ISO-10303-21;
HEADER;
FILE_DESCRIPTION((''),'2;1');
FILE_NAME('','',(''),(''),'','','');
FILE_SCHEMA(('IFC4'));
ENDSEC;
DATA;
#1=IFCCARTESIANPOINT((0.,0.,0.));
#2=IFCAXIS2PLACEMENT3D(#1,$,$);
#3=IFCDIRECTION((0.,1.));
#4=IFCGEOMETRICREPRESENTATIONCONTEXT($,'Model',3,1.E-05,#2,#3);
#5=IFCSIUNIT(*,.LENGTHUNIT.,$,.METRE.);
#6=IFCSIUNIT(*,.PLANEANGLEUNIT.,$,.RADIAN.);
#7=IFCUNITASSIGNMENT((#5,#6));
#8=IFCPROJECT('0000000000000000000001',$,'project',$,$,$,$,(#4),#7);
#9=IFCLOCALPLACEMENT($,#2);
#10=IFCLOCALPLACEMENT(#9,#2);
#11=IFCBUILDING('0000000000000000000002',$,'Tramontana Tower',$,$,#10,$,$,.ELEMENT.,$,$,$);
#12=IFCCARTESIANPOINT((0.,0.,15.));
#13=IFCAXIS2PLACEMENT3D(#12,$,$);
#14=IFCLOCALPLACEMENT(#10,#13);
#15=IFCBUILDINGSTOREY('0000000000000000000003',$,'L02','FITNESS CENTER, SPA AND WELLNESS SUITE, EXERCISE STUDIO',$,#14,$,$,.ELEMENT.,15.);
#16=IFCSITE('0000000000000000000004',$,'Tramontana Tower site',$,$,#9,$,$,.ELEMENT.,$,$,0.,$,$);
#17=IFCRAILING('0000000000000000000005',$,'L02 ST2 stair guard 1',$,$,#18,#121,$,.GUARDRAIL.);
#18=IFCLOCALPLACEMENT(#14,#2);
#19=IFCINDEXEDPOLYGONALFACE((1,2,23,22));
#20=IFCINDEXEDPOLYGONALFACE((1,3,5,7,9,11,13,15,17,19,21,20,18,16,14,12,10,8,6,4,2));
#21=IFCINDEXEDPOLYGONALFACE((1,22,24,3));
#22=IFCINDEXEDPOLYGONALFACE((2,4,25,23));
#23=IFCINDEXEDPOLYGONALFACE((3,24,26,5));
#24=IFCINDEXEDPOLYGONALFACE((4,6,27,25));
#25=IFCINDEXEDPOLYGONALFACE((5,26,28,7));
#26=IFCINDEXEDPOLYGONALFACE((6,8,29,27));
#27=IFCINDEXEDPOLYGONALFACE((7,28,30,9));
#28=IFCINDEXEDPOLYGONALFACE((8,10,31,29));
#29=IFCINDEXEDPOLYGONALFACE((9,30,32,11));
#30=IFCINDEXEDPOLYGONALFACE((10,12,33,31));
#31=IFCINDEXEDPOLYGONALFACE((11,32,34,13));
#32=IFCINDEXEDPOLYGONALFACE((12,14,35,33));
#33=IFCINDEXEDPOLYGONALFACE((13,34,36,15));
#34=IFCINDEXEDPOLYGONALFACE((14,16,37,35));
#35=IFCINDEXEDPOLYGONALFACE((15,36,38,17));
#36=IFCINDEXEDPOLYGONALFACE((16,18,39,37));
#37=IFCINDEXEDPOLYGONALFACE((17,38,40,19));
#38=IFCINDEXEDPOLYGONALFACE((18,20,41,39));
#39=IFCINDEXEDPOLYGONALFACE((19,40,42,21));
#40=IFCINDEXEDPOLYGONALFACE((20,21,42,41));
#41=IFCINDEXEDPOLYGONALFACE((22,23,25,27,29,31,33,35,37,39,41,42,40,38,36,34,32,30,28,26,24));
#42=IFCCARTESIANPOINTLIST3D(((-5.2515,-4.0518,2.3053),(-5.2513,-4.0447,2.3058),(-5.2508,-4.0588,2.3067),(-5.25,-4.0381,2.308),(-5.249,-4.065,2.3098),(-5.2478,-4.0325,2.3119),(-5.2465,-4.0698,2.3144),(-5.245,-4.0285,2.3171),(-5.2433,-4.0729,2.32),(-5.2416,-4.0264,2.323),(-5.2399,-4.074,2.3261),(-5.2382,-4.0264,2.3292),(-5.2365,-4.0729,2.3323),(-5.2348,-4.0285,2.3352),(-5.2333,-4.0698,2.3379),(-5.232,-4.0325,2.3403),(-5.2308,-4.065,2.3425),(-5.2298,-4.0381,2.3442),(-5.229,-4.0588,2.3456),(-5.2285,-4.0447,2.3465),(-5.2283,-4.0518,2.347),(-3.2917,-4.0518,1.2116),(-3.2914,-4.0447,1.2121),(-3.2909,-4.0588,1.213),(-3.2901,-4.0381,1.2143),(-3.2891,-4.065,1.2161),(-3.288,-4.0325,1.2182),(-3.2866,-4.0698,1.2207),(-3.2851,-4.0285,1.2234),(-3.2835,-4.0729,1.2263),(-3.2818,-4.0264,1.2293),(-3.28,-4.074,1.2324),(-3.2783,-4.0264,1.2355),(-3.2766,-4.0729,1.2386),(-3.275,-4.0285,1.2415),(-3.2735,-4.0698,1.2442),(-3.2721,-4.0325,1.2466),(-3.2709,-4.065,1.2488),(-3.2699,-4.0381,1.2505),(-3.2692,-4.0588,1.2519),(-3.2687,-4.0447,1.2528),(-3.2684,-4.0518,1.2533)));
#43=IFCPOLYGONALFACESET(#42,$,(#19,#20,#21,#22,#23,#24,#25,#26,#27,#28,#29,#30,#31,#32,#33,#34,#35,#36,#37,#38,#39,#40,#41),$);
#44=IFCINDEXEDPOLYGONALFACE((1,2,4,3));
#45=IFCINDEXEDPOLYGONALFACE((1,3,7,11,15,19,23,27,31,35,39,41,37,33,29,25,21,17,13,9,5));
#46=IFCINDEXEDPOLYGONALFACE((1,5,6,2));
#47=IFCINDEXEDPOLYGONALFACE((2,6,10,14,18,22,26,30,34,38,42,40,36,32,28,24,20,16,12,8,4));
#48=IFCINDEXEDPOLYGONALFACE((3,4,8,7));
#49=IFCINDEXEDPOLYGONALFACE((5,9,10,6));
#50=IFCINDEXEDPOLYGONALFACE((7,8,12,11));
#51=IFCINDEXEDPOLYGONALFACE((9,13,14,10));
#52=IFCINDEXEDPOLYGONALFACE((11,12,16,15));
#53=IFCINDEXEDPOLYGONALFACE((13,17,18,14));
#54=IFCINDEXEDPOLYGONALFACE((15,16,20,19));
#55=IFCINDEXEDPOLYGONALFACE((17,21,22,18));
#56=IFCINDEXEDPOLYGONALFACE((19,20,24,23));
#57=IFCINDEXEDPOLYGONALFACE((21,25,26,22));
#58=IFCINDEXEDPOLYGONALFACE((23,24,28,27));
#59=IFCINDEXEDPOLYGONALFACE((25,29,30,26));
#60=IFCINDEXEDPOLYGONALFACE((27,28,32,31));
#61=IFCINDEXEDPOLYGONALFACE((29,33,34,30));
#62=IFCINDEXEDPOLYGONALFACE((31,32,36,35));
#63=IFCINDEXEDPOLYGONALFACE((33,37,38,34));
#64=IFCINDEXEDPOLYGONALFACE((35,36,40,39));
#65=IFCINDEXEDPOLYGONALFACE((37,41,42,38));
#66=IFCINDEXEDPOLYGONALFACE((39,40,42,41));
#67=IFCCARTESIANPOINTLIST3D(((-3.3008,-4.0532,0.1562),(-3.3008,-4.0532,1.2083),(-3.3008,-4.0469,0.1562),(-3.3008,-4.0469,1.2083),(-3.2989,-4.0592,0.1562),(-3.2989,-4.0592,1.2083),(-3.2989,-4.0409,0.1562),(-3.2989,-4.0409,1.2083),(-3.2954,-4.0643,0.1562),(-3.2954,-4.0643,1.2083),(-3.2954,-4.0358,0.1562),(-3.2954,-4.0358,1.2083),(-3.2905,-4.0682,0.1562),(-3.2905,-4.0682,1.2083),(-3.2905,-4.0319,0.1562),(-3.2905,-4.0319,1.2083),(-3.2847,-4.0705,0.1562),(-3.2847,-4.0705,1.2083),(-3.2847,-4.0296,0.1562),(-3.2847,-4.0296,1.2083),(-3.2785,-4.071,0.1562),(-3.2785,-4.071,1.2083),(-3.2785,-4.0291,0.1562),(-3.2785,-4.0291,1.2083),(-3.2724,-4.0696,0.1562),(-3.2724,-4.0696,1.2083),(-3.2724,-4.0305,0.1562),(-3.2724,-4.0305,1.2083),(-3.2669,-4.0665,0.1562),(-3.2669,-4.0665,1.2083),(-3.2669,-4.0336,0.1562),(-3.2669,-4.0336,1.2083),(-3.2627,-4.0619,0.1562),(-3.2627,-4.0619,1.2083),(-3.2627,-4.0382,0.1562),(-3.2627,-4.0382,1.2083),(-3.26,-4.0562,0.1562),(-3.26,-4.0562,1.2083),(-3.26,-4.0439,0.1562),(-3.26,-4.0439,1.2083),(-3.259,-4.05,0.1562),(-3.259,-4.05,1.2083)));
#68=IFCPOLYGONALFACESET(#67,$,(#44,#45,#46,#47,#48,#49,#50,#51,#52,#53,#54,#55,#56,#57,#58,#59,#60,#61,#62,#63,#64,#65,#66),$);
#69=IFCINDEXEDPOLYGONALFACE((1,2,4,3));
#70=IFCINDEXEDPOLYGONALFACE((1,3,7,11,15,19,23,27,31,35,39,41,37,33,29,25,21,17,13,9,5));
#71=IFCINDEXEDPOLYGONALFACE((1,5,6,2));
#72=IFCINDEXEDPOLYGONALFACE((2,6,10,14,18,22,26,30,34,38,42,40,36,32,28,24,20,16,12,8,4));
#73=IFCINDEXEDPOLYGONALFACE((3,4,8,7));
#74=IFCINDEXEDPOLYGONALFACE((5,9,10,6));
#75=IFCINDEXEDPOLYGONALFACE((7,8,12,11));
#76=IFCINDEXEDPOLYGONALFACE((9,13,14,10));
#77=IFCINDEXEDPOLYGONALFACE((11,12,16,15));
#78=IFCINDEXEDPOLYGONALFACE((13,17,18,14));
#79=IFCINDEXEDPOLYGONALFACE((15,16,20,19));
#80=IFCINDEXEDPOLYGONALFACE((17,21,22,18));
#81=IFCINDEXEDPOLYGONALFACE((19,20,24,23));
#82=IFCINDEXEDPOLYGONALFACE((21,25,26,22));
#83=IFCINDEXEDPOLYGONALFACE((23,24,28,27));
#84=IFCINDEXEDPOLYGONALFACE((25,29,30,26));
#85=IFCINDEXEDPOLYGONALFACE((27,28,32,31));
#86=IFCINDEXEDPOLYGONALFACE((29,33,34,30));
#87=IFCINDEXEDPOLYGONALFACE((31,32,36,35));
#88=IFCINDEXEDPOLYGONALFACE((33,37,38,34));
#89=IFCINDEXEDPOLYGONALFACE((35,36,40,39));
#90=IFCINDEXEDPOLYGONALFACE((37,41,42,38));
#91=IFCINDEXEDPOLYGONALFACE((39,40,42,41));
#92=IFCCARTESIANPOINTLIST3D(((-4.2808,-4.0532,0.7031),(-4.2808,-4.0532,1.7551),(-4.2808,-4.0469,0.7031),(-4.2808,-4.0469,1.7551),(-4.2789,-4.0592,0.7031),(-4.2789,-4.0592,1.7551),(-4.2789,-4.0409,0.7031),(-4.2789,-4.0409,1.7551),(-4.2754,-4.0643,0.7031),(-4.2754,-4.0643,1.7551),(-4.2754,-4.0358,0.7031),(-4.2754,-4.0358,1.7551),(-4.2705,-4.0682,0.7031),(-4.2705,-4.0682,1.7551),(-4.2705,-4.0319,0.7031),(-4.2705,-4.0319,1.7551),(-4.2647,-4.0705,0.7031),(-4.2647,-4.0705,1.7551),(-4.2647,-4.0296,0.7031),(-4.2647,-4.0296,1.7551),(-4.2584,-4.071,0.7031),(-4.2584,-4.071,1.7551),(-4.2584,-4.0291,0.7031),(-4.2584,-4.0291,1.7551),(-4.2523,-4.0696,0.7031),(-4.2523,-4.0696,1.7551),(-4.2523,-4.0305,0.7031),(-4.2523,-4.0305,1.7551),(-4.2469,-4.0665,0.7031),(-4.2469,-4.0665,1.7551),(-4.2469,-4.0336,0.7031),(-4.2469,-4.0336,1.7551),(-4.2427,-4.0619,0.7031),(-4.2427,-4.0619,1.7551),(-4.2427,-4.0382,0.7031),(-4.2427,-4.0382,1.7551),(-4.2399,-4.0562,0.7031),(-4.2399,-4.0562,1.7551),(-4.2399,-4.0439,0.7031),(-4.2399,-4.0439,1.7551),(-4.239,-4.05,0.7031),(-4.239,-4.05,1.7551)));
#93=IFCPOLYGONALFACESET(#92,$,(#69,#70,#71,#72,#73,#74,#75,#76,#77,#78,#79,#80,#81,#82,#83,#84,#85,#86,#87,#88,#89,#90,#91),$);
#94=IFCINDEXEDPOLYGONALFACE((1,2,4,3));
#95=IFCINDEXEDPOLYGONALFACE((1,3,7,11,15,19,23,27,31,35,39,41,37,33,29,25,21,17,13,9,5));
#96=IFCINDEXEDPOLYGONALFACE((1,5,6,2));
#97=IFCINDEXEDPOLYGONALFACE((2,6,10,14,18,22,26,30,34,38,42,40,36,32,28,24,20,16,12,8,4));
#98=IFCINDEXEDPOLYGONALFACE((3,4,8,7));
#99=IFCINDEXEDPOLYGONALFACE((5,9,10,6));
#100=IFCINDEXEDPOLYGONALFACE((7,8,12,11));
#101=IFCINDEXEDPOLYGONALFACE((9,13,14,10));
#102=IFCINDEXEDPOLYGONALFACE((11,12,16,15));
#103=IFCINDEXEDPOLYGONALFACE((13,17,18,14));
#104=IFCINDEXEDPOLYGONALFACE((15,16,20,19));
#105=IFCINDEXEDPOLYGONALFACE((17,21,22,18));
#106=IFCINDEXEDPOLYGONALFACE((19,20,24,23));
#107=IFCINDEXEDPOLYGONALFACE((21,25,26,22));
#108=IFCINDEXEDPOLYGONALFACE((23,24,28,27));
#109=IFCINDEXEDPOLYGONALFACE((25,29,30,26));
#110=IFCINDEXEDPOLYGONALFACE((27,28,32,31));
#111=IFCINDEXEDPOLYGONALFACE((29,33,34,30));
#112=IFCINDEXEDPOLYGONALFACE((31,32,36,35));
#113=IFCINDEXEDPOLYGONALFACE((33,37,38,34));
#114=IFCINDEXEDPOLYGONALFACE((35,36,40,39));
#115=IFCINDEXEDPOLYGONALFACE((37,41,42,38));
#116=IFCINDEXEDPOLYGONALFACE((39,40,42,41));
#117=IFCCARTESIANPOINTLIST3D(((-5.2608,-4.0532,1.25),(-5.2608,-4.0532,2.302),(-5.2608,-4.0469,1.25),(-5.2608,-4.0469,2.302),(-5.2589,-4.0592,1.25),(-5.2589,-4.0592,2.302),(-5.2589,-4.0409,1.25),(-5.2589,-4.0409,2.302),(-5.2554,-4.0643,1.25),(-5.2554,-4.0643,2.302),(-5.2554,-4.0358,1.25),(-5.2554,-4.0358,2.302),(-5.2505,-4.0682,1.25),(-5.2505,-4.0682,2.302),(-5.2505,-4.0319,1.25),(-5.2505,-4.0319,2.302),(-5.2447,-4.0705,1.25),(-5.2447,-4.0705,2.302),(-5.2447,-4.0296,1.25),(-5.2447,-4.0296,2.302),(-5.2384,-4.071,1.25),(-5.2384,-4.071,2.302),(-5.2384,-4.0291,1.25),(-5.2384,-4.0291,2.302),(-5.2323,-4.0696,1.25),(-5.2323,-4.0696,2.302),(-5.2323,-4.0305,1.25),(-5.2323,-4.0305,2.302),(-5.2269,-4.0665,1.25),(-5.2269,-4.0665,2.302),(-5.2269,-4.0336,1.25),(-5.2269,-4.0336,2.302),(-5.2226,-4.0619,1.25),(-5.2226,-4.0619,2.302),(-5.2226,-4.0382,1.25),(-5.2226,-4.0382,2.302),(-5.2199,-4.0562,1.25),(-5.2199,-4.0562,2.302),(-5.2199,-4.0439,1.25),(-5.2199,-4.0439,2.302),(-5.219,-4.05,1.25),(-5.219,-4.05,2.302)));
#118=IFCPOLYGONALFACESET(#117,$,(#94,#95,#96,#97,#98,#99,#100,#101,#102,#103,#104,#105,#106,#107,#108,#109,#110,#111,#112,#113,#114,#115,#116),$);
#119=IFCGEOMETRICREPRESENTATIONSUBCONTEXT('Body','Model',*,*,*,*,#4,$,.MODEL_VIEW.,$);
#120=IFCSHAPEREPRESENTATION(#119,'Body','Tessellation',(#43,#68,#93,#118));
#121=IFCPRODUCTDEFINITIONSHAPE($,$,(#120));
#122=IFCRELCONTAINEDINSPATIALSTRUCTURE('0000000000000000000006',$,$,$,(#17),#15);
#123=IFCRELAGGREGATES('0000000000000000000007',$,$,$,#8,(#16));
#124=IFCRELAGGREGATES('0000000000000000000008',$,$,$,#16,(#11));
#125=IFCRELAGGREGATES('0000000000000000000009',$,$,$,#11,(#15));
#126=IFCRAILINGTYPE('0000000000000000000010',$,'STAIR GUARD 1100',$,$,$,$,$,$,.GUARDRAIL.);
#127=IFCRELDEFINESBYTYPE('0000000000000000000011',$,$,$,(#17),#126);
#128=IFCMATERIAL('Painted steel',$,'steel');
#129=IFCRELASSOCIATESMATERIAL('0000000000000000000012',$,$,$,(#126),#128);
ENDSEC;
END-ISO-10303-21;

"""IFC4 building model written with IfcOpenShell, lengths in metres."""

from ifc_helpers import new_model, si_unit, direction, frame, origin, origin_2d, place, context, subcontext, project, spatial, circle, extrude, material, type_object, element, save


model = new_model("IFC4")

# Units and contexts
model_context = context("Model", 3, precision=1e-05, world=origin(), true_north=direction((0.0, 1.0)))
body_context = subcontext(model_context, "Body", "Model", "MODEL_VIEW")
ifc_project = project(units=[si_unit("LENGTHUNIT", "METRE"), si_unit("PLANEANGLEUNIT", "RADIAN")], contexts=[model_context])

# Site, building, storey
site_placement = place(None, origin())
site = spatial("IfcSite", under=ifc_project, at=site_placement, Name="Tramontana Tower site", CompositionType="ELEMENT", RefElevation=0.0)
building_placement = place(site_placement, origin())
building = spatial("IfcBuilding", under=site, at=building_placement, Name="Tramontana Tower", CompositionType="ELEMENT")
storey_placement = place(building_placement, frame((0.0, 0.0, 15.0)))
storey = spatial("IfcBuildingStorey", under=building, at=storey_placement, Name="L02", Description="FITNESS CENTER, SPA AND WELLNESS SUITE, EXERCISE STUDIO", CompositionType="ELEMENT", Elevation=15.0)

# Railing
ifc_material_1 = material(Name="Painted steel", Category="steel")
railing_type_1 = type_object("IfcRailingType", Name="STAIR GUARD 1100", PredefinedType="GUARDRAIL", material=ifc_material_1)
railing_1_placement = place(storey_placement, frame((-3.28, -4.05, 0.1562)))
element("IfcRailing", 1, at=railing_1_placement, inside=storey, type_object=railing_type_1, Name="L02 ST2 stair guard 1", PredefinedType="GUARDRAIL", context=body_context, shape_type="SweptSolid", body=[
    extrude(circle(Radius=0.0239, at=origin_2d()), frame((0.0, 0.0, 1.0762), z_axis=(-0.873232, 0.0, 0.487304), x_axis=(0.0, -1.0, 0.0)), (0.0, 0.0, 1.0), 2.2444),
    extrude(circle(Radius=0.021, at=origin_2d()), origin(), (0.0, 0.0, 1.0), 1.052),
    extrude(circle(Radius=0.021, at=origin_2d()), frame((-0.98, 0.0, 0.5469)), (0.0, 0.0, 1.0), 1.052),
    extrude(circle(Radius=0.021, at=origin_2d()), frame((-1.96, 0.0, 1.0938)), (0.0, 0.0, 1.0), 1.052),
])

save(model, "model.ifc")
